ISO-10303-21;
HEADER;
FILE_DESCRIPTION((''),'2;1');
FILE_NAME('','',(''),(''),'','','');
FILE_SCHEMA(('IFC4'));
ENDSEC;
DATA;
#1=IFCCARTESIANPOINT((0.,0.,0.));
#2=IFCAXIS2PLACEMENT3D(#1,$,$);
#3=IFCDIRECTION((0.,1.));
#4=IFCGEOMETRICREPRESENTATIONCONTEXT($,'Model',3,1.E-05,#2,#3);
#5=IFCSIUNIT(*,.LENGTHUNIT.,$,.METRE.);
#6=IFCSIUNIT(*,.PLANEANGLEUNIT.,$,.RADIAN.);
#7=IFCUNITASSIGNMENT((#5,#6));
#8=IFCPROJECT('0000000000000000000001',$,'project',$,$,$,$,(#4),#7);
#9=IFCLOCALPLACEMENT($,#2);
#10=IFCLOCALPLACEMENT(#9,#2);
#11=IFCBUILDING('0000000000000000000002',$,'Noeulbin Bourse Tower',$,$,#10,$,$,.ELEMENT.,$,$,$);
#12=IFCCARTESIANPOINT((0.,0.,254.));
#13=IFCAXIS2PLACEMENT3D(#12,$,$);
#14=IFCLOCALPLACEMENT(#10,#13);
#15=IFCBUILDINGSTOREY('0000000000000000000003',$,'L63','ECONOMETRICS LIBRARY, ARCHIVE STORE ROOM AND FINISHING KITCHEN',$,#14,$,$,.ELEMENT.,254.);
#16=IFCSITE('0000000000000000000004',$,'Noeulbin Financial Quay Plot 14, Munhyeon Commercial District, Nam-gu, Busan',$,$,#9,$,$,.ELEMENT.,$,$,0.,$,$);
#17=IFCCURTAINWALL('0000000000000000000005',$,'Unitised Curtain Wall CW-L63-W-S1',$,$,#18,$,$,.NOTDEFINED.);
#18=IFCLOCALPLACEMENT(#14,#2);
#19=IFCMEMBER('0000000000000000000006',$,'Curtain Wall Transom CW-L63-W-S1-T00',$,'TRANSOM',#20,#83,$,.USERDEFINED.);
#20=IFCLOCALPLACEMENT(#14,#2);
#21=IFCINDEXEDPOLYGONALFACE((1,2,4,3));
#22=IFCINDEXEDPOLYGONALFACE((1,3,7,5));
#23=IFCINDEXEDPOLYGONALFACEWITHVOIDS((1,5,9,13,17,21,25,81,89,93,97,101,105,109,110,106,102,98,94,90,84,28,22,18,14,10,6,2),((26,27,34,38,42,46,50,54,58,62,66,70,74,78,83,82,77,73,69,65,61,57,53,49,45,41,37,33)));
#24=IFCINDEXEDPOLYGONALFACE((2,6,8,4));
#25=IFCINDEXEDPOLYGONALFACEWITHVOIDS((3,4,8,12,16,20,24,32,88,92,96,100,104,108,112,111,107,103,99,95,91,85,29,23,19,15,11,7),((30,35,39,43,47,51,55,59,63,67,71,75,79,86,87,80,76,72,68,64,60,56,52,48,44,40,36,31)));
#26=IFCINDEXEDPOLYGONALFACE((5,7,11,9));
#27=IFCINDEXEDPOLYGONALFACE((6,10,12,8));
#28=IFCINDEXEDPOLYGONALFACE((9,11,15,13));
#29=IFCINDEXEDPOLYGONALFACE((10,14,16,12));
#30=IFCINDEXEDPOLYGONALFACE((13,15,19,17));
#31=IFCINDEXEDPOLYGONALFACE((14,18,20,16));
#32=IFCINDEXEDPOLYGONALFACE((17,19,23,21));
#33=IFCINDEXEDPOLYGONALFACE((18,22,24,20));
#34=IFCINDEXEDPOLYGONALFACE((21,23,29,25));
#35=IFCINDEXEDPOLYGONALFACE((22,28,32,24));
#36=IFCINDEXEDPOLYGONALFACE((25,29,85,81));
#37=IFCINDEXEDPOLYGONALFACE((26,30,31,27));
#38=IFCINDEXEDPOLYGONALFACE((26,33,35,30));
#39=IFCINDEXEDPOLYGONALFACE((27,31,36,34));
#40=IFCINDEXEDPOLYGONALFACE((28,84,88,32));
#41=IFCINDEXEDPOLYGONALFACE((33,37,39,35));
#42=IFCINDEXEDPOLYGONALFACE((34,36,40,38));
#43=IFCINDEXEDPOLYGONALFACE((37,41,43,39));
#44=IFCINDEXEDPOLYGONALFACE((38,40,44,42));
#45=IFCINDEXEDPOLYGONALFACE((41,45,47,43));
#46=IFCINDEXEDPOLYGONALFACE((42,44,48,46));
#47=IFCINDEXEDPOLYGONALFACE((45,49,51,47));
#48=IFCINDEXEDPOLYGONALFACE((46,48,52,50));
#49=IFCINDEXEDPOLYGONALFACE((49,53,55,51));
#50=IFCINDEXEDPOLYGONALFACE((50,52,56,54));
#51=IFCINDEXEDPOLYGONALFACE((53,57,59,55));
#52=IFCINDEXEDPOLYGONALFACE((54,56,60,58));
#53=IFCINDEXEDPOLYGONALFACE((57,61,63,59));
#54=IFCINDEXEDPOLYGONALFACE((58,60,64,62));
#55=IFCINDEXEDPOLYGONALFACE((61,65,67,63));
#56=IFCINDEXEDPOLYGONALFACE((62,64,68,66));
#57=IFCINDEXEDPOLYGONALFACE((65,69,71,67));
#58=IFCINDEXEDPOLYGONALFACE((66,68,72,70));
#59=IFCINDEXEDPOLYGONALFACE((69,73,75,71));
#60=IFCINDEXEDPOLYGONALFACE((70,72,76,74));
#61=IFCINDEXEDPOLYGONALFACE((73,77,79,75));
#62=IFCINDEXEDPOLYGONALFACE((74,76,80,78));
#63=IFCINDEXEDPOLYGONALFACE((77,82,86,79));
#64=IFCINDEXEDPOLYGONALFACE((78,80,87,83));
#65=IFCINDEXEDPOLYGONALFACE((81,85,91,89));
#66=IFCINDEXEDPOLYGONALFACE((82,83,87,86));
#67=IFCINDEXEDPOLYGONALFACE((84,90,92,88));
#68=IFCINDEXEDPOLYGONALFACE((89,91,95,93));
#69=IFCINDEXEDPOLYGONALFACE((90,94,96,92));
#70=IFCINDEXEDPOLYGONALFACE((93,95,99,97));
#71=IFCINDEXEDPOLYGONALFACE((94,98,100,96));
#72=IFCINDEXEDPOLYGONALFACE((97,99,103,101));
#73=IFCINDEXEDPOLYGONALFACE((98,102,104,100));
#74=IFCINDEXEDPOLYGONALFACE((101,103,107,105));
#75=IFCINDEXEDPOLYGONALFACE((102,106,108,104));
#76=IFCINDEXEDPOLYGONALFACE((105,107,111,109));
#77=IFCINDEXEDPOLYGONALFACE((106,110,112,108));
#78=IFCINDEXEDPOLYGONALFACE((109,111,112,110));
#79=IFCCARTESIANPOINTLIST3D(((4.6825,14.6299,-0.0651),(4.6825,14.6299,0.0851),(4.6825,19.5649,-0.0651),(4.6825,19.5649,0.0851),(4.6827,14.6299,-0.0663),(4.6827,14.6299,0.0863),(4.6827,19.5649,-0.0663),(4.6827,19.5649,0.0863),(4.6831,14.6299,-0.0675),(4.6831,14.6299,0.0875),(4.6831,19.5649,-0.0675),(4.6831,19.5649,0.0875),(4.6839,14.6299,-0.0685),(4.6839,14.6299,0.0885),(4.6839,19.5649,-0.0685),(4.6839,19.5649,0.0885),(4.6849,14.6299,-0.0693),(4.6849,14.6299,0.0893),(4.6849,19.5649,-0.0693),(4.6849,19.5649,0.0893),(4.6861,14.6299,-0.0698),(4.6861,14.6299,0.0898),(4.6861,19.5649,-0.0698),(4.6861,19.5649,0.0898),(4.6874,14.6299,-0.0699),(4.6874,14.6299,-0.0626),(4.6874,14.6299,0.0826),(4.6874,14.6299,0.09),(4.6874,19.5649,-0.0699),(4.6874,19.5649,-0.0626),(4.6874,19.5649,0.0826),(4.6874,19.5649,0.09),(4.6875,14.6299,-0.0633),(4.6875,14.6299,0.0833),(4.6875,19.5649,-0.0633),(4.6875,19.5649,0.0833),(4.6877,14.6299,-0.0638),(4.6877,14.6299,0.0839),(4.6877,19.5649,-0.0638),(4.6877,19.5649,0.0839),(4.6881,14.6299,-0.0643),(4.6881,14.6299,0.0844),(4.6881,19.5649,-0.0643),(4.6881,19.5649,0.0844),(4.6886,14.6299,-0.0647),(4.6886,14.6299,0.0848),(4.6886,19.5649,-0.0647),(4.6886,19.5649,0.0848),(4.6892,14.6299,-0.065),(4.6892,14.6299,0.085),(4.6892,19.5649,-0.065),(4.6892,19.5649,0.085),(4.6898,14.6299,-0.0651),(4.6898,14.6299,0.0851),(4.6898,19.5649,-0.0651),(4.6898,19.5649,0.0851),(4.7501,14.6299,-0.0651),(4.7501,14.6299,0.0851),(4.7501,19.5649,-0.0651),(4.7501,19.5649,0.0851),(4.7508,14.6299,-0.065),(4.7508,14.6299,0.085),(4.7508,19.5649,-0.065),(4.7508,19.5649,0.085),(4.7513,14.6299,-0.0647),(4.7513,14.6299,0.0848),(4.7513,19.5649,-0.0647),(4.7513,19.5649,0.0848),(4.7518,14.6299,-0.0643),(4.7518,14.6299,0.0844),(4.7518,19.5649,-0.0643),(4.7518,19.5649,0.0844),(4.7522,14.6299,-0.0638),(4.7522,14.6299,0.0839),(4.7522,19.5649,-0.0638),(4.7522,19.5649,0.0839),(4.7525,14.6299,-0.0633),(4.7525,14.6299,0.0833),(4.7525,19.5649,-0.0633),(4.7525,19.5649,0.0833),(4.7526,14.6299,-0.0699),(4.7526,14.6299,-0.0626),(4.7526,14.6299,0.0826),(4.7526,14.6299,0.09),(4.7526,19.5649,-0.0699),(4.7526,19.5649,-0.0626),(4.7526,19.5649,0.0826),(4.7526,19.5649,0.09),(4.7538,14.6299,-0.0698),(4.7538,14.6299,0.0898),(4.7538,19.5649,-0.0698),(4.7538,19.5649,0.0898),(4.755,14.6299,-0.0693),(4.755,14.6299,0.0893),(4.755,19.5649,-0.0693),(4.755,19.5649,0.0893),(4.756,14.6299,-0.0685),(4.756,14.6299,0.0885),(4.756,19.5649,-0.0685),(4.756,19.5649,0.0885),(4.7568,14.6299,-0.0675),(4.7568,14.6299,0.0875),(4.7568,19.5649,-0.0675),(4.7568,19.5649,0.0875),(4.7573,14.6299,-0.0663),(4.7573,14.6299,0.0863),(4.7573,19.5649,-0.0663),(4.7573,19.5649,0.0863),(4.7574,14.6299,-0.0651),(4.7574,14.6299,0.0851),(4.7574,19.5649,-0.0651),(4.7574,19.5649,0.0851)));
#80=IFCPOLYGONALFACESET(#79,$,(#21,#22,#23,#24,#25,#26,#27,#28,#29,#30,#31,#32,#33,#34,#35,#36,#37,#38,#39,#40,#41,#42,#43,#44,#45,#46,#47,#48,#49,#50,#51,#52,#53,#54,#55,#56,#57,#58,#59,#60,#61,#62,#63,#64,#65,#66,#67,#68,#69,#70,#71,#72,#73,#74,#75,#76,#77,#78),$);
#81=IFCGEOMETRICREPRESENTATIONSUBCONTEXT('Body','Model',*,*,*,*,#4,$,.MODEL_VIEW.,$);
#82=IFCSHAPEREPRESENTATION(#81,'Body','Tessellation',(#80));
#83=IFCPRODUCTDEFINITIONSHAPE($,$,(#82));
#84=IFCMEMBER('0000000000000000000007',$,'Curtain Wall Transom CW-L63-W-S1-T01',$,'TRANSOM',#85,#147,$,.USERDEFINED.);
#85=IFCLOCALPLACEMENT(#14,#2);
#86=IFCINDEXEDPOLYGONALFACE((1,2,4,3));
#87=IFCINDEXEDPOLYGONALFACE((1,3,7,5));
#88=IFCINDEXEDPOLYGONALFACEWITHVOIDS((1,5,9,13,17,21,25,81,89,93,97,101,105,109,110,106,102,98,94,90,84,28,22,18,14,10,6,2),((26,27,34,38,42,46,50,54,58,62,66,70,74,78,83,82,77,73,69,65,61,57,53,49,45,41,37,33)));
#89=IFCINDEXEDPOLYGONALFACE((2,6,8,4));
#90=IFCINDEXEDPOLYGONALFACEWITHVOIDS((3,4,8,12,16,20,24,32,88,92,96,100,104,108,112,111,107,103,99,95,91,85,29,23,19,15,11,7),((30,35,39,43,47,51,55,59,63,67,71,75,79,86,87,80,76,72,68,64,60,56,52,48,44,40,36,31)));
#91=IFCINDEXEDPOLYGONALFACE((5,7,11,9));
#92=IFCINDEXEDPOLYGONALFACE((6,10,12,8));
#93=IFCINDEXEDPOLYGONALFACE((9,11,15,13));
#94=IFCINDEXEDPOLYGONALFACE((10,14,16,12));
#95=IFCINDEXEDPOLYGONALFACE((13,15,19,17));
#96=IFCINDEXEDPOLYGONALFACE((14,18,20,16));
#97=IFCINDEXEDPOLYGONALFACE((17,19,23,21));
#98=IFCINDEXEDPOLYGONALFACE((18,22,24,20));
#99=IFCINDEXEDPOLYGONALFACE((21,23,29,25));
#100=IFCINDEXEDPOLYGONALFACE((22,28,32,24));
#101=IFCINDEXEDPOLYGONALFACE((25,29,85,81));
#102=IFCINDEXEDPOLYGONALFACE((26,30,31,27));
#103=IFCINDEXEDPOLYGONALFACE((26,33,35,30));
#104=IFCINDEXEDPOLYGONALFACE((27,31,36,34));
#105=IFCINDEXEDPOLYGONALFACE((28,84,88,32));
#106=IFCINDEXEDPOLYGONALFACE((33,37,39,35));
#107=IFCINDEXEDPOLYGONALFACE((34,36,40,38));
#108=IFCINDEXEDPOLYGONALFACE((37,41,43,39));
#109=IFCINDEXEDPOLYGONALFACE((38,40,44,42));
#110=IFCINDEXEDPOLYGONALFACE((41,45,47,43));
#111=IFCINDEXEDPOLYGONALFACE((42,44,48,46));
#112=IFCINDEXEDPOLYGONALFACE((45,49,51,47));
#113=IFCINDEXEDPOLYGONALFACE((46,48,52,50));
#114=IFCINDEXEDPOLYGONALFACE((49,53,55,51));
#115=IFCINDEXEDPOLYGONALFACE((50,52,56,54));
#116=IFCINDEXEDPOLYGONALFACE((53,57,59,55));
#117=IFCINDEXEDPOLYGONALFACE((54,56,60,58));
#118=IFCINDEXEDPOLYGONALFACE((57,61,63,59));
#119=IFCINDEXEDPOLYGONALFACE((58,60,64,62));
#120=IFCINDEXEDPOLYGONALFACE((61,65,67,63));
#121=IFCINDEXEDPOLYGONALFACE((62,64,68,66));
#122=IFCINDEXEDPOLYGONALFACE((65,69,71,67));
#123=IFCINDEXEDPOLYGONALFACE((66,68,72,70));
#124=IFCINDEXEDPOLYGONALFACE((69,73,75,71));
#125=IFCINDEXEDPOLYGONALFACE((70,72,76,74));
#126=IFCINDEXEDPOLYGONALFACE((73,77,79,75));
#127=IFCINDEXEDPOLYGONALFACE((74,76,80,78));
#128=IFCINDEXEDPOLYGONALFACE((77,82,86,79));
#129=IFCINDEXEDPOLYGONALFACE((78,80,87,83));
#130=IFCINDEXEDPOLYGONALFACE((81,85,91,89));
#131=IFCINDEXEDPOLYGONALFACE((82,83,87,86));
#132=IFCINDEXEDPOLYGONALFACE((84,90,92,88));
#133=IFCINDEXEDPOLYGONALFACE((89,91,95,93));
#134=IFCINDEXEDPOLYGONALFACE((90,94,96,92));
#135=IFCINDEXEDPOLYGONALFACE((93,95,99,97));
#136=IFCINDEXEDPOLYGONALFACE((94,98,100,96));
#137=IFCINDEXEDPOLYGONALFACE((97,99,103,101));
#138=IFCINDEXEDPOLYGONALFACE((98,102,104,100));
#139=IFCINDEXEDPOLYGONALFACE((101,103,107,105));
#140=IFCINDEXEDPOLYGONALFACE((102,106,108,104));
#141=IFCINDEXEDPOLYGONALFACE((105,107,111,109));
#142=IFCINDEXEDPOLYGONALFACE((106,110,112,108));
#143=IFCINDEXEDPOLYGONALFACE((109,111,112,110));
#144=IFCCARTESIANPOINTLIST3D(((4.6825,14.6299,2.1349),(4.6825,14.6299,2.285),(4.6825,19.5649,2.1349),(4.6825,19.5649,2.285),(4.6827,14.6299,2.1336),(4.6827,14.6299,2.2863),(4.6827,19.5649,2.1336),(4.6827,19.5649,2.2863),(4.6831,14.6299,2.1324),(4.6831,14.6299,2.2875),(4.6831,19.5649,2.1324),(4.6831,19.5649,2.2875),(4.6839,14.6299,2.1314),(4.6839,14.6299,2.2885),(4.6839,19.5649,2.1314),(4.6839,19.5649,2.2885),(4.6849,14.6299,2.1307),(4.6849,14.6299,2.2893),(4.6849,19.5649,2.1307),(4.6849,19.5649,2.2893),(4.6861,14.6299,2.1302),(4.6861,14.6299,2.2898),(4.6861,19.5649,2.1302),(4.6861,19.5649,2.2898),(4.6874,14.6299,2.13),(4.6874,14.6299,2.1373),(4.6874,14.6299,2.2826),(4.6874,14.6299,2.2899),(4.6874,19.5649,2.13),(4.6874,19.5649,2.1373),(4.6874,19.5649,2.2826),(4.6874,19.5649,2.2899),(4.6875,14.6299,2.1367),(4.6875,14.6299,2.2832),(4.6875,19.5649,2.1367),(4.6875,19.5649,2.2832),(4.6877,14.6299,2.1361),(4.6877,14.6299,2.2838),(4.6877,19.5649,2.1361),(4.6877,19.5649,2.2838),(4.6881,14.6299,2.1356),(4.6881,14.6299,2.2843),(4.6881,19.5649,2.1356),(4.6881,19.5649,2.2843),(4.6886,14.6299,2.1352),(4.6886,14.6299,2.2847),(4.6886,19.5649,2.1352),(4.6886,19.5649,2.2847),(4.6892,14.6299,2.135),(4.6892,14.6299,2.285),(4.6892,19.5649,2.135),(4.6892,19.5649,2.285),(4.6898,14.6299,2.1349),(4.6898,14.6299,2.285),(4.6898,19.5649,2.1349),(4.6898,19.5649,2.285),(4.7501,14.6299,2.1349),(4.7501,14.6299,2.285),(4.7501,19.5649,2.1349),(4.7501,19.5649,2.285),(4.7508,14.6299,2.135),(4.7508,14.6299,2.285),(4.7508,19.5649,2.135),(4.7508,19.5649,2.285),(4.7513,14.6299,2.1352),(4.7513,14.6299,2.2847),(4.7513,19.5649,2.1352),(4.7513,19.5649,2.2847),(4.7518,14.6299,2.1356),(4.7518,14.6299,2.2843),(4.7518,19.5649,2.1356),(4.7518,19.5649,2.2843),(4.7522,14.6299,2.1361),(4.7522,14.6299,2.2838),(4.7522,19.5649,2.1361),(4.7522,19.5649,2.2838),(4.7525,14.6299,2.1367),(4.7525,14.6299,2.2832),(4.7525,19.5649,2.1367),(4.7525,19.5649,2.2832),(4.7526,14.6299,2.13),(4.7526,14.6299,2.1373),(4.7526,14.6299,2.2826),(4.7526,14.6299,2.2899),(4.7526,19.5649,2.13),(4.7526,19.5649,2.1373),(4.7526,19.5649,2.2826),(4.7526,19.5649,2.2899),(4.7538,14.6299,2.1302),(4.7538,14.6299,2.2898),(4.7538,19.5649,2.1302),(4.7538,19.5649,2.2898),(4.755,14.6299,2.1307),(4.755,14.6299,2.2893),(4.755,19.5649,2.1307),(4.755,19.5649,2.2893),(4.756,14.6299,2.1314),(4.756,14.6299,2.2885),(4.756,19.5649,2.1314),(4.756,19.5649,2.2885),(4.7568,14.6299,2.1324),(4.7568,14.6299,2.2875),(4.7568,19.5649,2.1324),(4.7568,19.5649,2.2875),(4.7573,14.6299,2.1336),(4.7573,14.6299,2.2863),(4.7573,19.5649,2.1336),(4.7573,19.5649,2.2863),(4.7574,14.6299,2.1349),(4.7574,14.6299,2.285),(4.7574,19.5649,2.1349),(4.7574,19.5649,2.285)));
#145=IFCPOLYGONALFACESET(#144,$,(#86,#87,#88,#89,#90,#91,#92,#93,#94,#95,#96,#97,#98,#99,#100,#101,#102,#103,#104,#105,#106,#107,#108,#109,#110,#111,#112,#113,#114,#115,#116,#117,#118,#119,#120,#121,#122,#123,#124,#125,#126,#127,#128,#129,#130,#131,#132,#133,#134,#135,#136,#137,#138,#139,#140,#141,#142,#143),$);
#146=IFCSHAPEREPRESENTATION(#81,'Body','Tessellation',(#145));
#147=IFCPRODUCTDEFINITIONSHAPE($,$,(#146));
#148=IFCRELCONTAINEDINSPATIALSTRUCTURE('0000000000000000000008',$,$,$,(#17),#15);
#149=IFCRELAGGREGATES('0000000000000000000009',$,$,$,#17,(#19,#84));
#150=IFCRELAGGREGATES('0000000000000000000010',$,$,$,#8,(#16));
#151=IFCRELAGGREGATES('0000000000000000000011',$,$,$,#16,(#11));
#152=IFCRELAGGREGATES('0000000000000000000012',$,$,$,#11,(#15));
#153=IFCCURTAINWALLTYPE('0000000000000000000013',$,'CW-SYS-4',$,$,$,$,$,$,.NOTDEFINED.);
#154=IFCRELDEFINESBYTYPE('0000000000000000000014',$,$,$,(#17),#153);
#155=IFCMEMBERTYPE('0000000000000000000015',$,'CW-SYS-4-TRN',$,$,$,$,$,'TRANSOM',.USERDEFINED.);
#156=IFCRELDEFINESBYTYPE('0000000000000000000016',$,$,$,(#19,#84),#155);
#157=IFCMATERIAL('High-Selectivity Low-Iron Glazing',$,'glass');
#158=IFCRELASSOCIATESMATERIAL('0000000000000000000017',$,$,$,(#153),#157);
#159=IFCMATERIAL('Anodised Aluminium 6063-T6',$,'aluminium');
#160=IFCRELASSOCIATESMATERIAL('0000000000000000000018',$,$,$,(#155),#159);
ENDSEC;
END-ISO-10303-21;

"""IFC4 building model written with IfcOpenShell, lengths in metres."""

from ifc_helpers import new_model, si_unit, direction, frame, origin, origin_2d, place, context, subcontext, project, spatial, hollow_rectangle, extrude, material, material_profile, profile_set, type_object, element, aggregate, save


model = new_model("IFC4")

# Units and contexts
model_context = context("Model", 3, precision=1e-05, world=origin(), true_north=direction((0.0, 1.0)))
body_context = subcontext(model_context, "Body", "Model", "MODEL_VIEW")
ifc_project = project(units=[si_unit("LENGTHUNIT", "METRE"), si_unit("PLANEANGLEUNIT", "RADIAN")], contexts=[model_context])

# Site, building, storey
site_placement = place(None, origin())
site = spatial("IfcSite", under=ifc_project, at=site_placement, Name="Noeulbin Financial Quay Plot 14, Munhyeon Commercial District, Nam-gu, Busan", CompositionType="ELEMENT", RefElevation=0.0)
building_placement = place(site_placement, origin())
building = spatial("IfcBuilding", under=site, at=building_placement, Name="Noeulbin Bourse Tower", CompositionType="ELEMENT")
storey_placement = place(building_placement, frame((0.0, 0.0, 254.0)))
storey = spatial("IfcBuildingStorey", under=building, at=storey_placement, Name="L63", Description="ECONOMETRICS LIBRARY, ARCHIVE STORE ROOM AND FINISHING KITCHEN", CompositionType="ELEMENT", Elevation=254.0)

# Curtain wall
ifc_material_1 = material(Name="High-Selectivity Low-Iron Glazing", Category="glass")
curtain_wall_type = type_object("IfcCurtainWallType", Name="CW-SYS-4", PredefinedType="NOTDEFINED", material=ifc_material_1)
curtain_wall_1_placement = place(storey_placement, origin())
curtain_wall_1 = element("IfcCurtainWall", 1, at=curtain_wall_1_placement, inside=storey, type_object=curtain_wall_type, Name="Unitised Curtain Wall CW-L63-W-S1", PredefinedType="NOTDEFINED")
ifc_material_2 = material(Name="Anodised Aluminium 6063-T6", Category="aluminium")

# Members
ifc_material_profile_1 = material_profile(ifc_material_2, hollow_rectangle(XDim=0.075, YDim=0.1599, WallThickness=0.0049, InnerFilletRadius=0.0024, OuterFilletRadius=0.0049, at=origin_2d()), Name="ALU-TRAN-75x160x5", Category="LoadBearing")
ifc_profile_set_1 = profile_set([ifc_material_profile_1], Name="Anodised Aluminium 6063-T6")
member_type_1 = type_object("IfcMemberType", Name="CW-SYS-4-TRN", ElementType="TRANSOM", PredefinedType="USERDEFINED", material=ifc_profile_set_1)
member_1_placement = place(storey_placement, frame((4.72, 14.6299, 0.01), z_axis=(0.0, 1.0, 0.0), x_axis=(-1.0, 0.0, 0.0)))
member_1 = element("IfcMember", 2, at=member_1_placement, type_object=member_type_1, Name="Curtain Wall Transom CW-L63-W-S1-T00", ObjectType="TRANSOM", PredefinedType="USERDEFINED", context=body_context, shape_type="SweptSolid", body=[
    extrude(hollow_rectangle(XDim=0.075, YDim=0.1599, WallThickness=0.0049, InnerFilletRadius=0.0024, OuterFilletRadius=0.0049, at=origin_2d()), origin(), (0.0, 0.0, 1.0), 4.9351),
])
member_2_placement = place(storey_placement, frame((4.72, 14.6299, 2.21), z_axis=(0.0, 1.0, 0.0), x_axis=(-1.0, 0.0, 0.0)))
member_2 = element("IfcMember", 3, at=member_2_placement, type_object=member_type_1, Name="Curtain Wall Transom CW-L63-W-S1-T01", ObjectType="TRANSOM", PredefinedType="USERDEFINED", context=body_context, shape_type="SweptSolid", body=[
    extrude(hollow_rectangle(XDim=0.075, YDim=0.1599, WallThickness=0.0049, InnerFilletRadius=0.0024, OuterFilletRadius=0.0049, at=origin_2d()), origin(), (0.0, 0.0, 1.0), 4.9351),
])

aggregate(curtain_wall_1, [member_1, member_2])

save(model, "model.ifc")
